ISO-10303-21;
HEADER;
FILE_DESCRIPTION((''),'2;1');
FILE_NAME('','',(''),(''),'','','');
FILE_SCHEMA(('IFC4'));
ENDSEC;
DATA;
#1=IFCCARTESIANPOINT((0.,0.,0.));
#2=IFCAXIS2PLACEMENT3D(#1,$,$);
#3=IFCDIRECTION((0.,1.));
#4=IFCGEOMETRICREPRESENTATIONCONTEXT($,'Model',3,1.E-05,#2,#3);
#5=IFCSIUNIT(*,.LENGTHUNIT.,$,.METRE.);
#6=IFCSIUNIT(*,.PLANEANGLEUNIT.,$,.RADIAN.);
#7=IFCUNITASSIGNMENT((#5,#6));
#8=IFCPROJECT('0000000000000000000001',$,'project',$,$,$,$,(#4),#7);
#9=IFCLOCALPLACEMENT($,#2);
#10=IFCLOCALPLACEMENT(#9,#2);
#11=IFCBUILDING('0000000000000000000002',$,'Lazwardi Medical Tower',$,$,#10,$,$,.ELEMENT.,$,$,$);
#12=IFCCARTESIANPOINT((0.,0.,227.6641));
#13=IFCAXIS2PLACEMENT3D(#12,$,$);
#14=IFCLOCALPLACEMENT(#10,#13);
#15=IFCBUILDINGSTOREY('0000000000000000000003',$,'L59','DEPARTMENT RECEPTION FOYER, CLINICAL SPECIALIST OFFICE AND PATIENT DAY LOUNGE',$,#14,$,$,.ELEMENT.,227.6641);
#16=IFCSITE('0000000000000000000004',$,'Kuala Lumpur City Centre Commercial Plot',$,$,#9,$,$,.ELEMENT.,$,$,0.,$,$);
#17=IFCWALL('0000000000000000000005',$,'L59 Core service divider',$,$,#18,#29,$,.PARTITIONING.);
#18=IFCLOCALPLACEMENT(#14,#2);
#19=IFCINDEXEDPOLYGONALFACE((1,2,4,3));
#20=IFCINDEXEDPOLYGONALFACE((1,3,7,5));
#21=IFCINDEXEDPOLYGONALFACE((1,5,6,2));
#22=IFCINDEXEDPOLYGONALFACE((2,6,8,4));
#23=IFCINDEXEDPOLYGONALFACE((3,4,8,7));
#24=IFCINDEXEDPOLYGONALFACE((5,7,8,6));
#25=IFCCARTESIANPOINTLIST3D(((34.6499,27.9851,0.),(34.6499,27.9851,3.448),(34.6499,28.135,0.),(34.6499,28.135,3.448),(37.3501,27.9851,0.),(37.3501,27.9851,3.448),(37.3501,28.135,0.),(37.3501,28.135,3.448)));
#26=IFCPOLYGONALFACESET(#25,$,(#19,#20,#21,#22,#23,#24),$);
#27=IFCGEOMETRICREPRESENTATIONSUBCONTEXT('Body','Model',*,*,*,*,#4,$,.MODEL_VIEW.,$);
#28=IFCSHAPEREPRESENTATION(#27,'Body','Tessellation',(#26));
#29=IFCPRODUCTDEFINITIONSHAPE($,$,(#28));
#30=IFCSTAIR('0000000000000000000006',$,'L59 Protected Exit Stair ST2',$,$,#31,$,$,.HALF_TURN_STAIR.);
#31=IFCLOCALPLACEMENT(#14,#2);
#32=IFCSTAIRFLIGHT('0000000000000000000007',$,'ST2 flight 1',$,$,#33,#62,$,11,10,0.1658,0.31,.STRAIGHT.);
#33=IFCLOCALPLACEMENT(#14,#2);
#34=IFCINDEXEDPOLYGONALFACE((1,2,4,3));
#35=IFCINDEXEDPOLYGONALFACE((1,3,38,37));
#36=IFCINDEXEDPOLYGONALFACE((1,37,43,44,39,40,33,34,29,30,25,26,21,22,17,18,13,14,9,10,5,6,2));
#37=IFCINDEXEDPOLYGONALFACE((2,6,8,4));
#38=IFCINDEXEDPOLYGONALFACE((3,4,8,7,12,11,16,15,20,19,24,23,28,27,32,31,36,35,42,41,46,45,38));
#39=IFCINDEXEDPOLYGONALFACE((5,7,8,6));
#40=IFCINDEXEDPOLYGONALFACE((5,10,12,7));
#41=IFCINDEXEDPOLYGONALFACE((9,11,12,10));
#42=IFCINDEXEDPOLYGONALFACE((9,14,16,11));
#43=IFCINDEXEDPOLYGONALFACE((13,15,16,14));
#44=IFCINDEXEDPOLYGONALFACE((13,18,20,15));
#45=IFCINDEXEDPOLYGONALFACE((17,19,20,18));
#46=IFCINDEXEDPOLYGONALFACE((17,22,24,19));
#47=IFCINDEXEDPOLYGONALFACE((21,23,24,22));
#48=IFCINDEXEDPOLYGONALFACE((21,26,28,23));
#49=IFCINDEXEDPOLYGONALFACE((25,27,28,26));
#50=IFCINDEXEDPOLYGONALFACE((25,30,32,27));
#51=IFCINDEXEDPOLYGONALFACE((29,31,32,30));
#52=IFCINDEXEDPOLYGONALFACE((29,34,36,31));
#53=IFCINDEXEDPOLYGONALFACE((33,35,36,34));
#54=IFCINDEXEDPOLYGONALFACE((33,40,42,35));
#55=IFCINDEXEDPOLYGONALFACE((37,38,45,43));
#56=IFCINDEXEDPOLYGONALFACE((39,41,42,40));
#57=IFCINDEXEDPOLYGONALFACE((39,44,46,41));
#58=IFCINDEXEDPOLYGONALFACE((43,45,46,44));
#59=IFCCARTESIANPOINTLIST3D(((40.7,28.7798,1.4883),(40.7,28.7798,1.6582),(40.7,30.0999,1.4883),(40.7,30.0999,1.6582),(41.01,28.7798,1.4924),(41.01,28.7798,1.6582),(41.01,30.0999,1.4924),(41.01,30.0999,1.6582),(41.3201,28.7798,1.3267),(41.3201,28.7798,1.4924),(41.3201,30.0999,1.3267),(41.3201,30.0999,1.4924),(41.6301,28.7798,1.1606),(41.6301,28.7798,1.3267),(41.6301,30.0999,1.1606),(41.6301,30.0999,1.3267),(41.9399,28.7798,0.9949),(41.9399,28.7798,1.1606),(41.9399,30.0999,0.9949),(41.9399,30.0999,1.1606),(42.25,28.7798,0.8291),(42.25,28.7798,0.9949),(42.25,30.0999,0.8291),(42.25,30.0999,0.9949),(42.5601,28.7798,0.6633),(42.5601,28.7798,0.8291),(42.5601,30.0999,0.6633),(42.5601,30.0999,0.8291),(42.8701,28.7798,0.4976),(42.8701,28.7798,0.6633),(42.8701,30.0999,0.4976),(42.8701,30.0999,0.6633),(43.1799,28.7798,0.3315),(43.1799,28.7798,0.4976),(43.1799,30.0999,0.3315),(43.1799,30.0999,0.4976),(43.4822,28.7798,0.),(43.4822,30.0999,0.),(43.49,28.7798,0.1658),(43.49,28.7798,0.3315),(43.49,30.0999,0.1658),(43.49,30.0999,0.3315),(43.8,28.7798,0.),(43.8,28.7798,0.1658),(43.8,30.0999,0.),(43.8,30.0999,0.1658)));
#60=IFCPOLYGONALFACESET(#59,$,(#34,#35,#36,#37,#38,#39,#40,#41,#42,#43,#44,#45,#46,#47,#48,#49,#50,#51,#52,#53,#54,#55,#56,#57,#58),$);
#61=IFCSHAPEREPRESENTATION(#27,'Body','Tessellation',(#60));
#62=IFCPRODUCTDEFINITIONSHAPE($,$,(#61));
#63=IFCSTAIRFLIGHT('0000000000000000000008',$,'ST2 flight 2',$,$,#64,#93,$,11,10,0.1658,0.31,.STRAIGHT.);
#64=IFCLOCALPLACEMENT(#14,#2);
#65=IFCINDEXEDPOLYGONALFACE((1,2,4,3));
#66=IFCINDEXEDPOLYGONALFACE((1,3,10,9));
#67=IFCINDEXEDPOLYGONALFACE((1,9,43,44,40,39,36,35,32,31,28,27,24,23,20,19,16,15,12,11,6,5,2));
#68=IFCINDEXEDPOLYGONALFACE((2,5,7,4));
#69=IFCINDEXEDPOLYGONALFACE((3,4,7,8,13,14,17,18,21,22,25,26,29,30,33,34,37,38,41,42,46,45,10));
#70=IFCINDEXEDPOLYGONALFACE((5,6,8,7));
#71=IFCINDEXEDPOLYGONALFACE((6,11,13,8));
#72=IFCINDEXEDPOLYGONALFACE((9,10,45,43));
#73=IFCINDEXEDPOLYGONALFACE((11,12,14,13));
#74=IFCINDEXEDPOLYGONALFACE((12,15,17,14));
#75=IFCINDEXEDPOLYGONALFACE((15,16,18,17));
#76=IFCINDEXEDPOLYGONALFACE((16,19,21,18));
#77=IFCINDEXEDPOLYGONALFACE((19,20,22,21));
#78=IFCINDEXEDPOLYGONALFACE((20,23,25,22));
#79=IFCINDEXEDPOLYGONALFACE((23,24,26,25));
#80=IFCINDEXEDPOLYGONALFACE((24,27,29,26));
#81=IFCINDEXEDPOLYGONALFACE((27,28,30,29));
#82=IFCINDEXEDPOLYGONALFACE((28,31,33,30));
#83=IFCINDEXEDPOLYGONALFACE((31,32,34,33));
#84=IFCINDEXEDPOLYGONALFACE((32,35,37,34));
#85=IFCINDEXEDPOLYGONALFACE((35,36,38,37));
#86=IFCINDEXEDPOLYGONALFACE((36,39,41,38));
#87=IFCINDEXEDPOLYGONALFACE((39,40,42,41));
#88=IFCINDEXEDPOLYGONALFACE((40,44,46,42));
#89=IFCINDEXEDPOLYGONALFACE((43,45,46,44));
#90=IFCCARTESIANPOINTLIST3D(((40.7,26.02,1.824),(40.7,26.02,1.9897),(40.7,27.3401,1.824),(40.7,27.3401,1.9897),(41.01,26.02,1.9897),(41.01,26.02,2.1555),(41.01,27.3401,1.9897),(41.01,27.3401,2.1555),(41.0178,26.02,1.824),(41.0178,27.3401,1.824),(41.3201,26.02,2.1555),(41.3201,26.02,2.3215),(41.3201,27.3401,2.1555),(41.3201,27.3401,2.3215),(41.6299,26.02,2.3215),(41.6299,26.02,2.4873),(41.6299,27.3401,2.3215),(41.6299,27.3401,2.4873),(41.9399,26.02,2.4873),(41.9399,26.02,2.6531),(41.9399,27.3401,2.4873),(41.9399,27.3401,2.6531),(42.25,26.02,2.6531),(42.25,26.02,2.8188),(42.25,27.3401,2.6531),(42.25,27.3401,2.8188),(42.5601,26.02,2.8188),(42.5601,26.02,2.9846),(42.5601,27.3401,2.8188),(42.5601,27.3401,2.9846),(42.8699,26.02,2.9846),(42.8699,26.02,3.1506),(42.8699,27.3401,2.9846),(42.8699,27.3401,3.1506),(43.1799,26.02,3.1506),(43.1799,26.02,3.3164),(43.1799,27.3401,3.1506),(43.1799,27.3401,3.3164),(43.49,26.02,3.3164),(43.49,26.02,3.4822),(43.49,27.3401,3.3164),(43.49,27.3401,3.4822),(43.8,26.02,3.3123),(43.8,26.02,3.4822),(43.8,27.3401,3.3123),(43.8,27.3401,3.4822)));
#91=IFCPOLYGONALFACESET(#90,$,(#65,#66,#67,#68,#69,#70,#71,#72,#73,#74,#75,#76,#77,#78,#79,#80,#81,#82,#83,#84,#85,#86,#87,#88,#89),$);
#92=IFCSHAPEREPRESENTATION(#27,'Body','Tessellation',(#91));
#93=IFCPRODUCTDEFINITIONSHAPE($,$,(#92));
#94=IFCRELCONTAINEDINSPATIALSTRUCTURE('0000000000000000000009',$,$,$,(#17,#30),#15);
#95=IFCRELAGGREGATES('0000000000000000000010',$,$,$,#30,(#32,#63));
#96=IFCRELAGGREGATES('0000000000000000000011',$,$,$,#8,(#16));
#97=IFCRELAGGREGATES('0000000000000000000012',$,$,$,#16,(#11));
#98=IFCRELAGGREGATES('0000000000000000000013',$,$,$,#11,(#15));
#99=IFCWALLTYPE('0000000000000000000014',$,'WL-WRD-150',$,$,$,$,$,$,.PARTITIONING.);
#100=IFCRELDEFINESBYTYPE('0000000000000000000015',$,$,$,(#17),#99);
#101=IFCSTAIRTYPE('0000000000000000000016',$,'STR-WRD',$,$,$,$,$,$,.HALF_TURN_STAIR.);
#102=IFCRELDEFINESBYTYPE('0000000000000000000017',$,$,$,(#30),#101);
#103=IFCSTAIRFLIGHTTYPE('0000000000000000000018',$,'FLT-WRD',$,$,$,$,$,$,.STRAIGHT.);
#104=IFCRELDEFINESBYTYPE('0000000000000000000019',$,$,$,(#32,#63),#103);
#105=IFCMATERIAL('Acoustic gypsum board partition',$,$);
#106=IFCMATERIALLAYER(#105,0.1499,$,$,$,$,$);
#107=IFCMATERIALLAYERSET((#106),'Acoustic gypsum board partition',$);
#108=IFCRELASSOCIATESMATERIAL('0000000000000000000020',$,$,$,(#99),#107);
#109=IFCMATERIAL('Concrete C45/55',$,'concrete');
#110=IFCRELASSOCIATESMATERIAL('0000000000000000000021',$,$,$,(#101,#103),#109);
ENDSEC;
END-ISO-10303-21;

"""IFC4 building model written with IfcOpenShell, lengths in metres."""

from ifc_helpers import new_model, si_unit, direction, frame, frame_2d, origin, place, context, subcontext, project, spatial, polyline, rectangle, outline, extrude, material, layer, layer_set, type_object, element, aggregate, save


model = new_model("IFC4")

# Units and contexts
model_context = context("Model", 3, precision=1e-05, world=origin(), true_north=direction((0.0, 1.0)))
body_context = subcontext(model_context, "Body", "Model", "MODEL_VIEW")
ifc_project = project(units=[si_unit("LENGTHUNIT", "METRE"), si_unit("PLANEANGLEUNIT", "RADIAN")], contexts=[model_context])

# Site, building, storey
site_placement = place(None, origin())
site = spatial("IfcSite", under=ifc_project, at=site_placement, Name="Kuala Lumpur City Centre Commercial Plot", CompositionType="ELEMENT", RefElevation=0.0)
building_placement = place(site_placement, origin())
building = spatial("IfcBuilding", under=site, at=building_placement, Name="Lazwardi Medical Tower", CompositionType="ELEMENT")
storey_placement = place(building_placement, frame((0.0, 0.0, 227.6641)))
storey = spatial("IfcBuildingStorey", under=building, at=storey_placement, Name="L59", Description="DEPARTMENT RECEPTION FOYER, CLINICAL SPECIALIST OFFICE AND PATIENT DAY LOUNGE", CompositionType="ELEMENT", Elevation=227.6641)

# Wall
ifc_material_1 = material(Name="Acoustic gypsum board partition")
ifc_layer_1 = layer(ifc_material_1, 0.1499)
ifc_layer_set_1 = layer_set([ifc_layer_1], Name="Acoustic gypsum board partition")
wall_type_1 = type_object("IfcWallType", Name="WL-WRD-150", PredefinedType="PARTITIONING", material=ifc_layer_set_1)
wall_1_placement = place(storey_placement, frame((34.6499, 28.0601, 0.0), z_axis=(0.0, 0.0, 1.0), x_axis=(1.0, 0.0, 0.0)))
element("IfcWall", 1, at=wall_1_placement, inside=storey, type_object=wall_type_1, Name="L59 Core service divider", PredefinedType="PARTITIONING", context=body_context, shape_type="SweptSolid", body=[
    extrude(rectangle(XDim=2.7002, YDim=0.1499, at=frame_2d((1.3501, 0.0))), origin(), (0.0, 0.0, 1.0), 3.448),
])

# Stair, stair flights
ifc_material_2 = material(Name="Concrete C45/55", Category="concrete")
stair_type = type_object("IfcStairType", Name="STR-WRD", PredefinedType="HALF_TURN_STAIR", material=ifc_material_2)
stair_placement = place(storey_placement, origin())
stair = element("IfcStair", 2, at=stair_placement, inside=storey, type_object=stair_type, Name="L59 Protected Exit Stair ST2", PredefinedType="HALF_TURN_STAIR")
stair_flight_type = type_object("IfcStairFlightType", Name="FLT-WRD", PredefinedType="STRAIGHT", material=ifc_material_2)
stair_flight_1_placement = place(storey_placement, frame((43.8, 29.4399, 0.0), z_axis=(0.0, 0.0, 1.0), x_axis=(-1.0, 0.0, 0.0)))
stair_flight_1 = element("IfcStairFlight", 3, at=stair_flight_1_placement, type_object=stair_flight_type, Name="ST2 flight 1", NumberOfRisers=11, NumberOfTreads=10, PredefinedType="STRAIGHT", RiserHeight=0.1658, TreadLength=0.31, context=body_context, shape_type="SweptSolid", body=[
    extrude(outline(polyline([(0.0, 0.0), (0.0, 0.1658), (0.3101, 0.1658), (0.3101, 0.3315), (0.6201, 0.3315), (0.6201, 0.4976), (0.9299, 0.4976), (0.9299, 0.6633), (1.24, 0.6633), (1.24, 0.8291), (1.55, 0.8291), (1.55, 0.9949), (1.8601, 0.9949), (1.8601, 1.1606), (2.1699, 1.1606), (2.1699, 1.3267), (2.48, 1.3267), (2.48, 1.4924), (2.79, 1.4924), (2.79, 1.6582), (3.1001, 1.6582), (3.1001, 1.824), (3.1001, 1.4883), (0.3179, 0.0), (0.0, 0.0)])), frame((0.0, 0.6602, 0.0), z_axis=(0.0, -1.0, 0.0), x_axis=(1.0, 0.0, 0.0)), (0.0, 0.0, 1.0), 1.3201),
])
stair_flight_2_placement = place(storey_placement, frame((40.7, 26.6799, 1.824), z_axis=(0.0, 0.0, 1.0), x_axis=(1.0, 0.0, 0.0)))
stair_flight_2 = element("IfcStairFlight", 4, at=stair_flight_2_placement, type_object=stair_flight_type, Name="ST2 flight 2", NumberOfRisers=11, NumberOfTreads=10, PredefinedType="STRAIGHT", RiserHeight=0.1658, TreadLength=0.31, context=body_context, shape_type="SweptSolid", body=[
    extrude(outline(polyline([(0.0, 0.0), (0.0, 0.1658), (0.3101, 0.1658), (0.3101, 0.3315), (0.6201, 0.3315), (0.6201, 0.4976), (0.9299, 0.4976), (0.9299, 0.6633), (1.24, 0.6633), (1.24, 0.8291), (1.55, 0.8291), (1.55, 0.9949), (1.8601, 0.9949), (1.8601, 1.1606), (2.1699, 1.1606), (2.1699, 1.3267), (2.48, 1.3267), (2.48, 1.4924), (2.79, 1.4924), (2.79, 1.6582), (3.1001, 1.6582), (3.1001, 1.824), (3.1001, 1.4883), (0.3179, 0.0), (0.0, 0.0)])), frame((0.0, 0.6602, 0.0), z_axis=(0.0, -1.0, 0.0), x_axis=(1.0, 0.0, 0.0)), (0.0, 0.0, 1.0), 1.3201),
])
aggregate(stair, [stair_flight_1, stair_flight_2])

save(model, "model.ifc")
